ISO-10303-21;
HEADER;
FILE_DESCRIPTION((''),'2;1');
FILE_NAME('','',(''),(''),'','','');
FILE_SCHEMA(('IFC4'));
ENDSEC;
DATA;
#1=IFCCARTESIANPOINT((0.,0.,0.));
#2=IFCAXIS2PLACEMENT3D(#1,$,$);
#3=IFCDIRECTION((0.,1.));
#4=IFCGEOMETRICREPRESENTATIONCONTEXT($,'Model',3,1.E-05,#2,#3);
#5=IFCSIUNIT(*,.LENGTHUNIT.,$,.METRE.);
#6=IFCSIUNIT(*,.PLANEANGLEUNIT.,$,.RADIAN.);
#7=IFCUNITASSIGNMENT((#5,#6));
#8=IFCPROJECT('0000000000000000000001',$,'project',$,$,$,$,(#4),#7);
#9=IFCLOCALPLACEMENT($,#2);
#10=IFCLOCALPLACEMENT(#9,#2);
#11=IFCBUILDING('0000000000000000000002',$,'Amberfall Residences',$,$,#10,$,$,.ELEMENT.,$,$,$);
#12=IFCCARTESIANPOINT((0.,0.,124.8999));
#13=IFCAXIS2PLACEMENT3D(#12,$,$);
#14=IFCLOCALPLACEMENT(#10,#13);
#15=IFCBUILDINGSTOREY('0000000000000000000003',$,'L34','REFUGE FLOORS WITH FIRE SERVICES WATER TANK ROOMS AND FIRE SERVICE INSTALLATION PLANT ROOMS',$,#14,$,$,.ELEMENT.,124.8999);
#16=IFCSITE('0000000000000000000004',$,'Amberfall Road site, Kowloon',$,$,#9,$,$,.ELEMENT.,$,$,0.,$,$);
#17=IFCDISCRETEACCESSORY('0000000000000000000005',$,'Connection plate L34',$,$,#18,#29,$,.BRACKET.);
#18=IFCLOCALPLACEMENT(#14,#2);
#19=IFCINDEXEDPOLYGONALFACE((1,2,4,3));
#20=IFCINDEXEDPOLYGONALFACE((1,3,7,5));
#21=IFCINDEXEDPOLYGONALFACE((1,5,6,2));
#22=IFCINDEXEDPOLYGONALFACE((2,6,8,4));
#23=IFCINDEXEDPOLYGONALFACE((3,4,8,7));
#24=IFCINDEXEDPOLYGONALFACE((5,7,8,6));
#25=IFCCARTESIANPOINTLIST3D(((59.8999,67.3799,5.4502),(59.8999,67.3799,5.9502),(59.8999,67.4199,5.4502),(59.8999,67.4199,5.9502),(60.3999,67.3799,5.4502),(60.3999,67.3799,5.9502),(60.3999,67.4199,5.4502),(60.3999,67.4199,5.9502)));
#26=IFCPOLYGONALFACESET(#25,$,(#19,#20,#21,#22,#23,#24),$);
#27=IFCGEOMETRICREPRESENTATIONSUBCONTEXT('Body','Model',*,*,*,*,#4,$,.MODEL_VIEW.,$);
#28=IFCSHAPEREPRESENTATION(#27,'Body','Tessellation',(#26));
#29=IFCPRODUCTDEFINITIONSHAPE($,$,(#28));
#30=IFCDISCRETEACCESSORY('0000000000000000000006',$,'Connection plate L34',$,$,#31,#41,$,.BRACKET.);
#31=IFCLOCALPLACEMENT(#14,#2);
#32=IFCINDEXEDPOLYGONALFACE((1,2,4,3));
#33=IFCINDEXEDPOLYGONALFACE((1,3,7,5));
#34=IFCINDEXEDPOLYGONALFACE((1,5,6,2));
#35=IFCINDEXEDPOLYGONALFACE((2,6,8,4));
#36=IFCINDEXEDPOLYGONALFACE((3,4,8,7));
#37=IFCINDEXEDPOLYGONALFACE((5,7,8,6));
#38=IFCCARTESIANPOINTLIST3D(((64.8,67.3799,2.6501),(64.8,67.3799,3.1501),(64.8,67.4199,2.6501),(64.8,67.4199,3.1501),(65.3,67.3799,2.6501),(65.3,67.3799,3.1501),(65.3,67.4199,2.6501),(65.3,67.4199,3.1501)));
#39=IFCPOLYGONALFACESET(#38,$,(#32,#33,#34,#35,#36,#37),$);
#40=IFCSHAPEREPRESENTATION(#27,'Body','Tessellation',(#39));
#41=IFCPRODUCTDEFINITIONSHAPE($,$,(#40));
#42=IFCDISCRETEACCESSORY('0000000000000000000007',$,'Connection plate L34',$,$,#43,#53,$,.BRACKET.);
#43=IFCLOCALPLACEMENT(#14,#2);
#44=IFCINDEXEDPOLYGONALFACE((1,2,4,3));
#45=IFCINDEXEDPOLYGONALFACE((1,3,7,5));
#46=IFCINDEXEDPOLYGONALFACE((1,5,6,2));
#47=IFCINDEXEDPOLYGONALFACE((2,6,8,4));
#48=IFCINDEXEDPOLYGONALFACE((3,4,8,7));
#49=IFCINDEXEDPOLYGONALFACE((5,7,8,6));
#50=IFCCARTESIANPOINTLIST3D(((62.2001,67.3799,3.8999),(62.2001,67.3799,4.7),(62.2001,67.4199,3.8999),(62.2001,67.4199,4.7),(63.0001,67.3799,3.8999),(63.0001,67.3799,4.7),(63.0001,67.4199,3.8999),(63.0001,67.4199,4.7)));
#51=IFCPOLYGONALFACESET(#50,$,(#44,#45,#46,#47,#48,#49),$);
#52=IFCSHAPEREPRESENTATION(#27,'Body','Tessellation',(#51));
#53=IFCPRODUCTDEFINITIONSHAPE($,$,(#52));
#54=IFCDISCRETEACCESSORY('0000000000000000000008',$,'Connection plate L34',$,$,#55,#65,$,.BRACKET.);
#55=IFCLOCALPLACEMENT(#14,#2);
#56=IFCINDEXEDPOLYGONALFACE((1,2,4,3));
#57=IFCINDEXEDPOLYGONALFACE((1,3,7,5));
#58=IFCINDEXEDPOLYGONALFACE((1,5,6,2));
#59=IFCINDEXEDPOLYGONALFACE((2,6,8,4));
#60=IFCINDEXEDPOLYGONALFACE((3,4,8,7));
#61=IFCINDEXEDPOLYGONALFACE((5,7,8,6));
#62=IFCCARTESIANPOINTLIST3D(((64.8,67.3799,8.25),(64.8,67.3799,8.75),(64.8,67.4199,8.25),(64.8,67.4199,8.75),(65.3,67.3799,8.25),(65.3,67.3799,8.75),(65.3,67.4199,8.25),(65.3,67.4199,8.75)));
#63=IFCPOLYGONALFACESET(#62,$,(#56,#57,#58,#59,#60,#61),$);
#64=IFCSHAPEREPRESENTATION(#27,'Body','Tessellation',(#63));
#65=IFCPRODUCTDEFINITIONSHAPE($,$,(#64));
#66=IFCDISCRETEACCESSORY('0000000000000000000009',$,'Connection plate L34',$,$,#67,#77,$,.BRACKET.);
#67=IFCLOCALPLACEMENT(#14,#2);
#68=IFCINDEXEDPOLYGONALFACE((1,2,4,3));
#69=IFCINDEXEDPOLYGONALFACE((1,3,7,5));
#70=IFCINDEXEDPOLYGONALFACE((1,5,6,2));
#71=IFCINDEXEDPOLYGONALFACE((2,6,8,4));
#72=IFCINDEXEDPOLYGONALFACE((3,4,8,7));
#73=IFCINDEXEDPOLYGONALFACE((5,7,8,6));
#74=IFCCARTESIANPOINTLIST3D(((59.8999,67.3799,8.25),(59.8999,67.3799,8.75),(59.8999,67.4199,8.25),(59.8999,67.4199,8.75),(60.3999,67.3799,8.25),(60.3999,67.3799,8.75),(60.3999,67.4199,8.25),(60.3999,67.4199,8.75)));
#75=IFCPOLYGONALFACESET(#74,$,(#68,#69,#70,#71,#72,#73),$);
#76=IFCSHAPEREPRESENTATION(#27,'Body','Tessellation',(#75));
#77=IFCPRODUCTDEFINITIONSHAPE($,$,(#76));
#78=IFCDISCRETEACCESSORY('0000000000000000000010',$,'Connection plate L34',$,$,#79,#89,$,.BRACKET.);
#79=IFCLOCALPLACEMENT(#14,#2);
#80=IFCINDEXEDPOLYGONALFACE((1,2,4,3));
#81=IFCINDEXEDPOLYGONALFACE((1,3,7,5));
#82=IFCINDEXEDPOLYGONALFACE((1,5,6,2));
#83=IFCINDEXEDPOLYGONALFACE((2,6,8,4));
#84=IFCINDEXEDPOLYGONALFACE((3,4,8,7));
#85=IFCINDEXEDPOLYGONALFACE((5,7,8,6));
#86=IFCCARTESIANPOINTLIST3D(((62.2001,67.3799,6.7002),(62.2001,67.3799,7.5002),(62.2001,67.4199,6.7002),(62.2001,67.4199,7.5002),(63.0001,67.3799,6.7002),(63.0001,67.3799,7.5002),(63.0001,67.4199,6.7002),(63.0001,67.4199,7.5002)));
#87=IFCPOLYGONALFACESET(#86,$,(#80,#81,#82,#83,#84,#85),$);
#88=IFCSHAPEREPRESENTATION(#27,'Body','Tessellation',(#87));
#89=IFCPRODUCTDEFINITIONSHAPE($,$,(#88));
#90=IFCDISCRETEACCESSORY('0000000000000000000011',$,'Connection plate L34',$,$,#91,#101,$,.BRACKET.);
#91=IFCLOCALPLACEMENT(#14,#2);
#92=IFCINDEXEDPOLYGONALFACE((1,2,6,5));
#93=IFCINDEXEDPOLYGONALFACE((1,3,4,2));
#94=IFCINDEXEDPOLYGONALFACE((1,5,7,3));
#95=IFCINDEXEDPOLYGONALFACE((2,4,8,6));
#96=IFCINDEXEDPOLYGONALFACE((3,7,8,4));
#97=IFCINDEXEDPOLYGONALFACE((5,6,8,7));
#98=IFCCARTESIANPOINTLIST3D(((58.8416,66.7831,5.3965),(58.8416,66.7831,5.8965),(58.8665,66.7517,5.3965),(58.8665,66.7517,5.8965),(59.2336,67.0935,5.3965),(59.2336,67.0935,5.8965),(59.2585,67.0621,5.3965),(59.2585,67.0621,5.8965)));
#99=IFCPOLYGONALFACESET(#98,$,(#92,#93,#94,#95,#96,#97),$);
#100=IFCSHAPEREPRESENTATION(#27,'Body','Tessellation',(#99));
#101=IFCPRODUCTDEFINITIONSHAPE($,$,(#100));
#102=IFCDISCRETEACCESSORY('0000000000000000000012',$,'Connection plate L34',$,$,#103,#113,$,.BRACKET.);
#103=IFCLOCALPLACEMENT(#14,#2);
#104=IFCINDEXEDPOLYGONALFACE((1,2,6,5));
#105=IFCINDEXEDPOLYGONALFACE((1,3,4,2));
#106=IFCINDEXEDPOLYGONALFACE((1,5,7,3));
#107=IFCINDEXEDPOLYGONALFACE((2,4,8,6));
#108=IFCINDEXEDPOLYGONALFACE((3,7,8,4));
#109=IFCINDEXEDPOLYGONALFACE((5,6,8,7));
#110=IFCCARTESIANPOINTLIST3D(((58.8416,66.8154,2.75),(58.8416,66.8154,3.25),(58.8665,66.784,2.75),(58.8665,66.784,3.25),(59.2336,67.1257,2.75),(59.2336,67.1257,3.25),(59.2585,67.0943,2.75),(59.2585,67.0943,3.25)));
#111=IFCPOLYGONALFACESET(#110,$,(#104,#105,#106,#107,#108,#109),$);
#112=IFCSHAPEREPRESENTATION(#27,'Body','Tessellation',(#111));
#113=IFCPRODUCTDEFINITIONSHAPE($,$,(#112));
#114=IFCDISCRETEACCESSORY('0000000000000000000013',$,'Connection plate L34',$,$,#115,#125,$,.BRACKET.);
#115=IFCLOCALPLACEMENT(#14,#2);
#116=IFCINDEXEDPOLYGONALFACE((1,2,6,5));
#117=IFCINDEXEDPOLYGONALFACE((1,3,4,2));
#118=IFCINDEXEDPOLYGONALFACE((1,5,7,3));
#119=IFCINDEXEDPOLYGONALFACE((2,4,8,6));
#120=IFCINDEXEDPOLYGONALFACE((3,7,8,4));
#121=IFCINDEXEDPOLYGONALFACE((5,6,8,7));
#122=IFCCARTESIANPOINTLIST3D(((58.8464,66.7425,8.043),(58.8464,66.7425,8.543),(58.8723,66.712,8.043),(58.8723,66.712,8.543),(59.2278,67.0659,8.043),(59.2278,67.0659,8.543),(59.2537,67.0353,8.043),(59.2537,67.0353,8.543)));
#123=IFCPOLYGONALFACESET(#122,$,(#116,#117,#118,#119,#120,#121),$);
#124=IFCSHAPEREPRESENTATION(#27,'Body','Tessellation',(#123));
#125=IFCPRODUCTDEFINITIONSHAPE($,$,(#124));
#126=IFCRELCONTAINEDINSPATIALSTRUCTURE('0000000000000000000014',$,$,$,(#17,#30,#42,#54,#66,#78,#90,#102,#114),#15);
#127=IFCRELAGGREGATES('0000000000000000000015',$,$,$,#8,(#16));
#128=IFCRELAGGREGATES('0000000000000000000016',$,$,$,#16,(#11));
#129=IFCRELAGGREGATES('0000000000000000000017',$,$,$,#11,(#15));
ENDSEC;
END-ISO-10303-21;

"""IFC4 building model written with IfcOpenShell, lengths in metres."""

from ifc_helpers import new_model, si_unit, direction, frame, origin, origin_2d, place, context, subcontext, project, spatial, rectangle, extrude, element, save


model = new_model("IFC4")

# Units and contexts
model_context = context("Model", 3, precision=1e-05, world=origin(), true_north=direction((0.0, 1.0)))
body_context = subcontext(model_context, "Body", "Model", "MODEL_VIEW")
ifc_project = project(units=[si_unit("LENGTHUNIT", "METRE"), si_unit("PLANEANGLEUNIT", "RADIAN")], contexts=[model_context])

# Site, building, storey
site_placement = place(None, origin())
site = spatial("IfcSite", under=ifc_project, at=site_placement, Name="Amberfall Road site, Kowloon", CompositionType="ELEMENT", RefElevation=0.0)
building_placement = place(site_placement, origin())
building = spatial("IfcBuilding", under=site, at=building_placement, Name="Amberfall Residences", CompositionType="ELEMENT")
storey_placement = place(building_placement, frame((0.0, 0.0, 124.8999)))
storey = spatial("IfcBuildingStorey", under=building, at=storey_placement, Name="L34", Description="REFUGE FLOORS WITH FIRE SERVICES WATER TANK ROOMS AND FIRE SERVICE INSTALLATION PLANT ROOMS", CompositionType="ELEMENT", Elevation=124.8999)

# Discrete accessories
for number, where, z_axis, x_axis, name in (
    (1, (60.1499, 67.3999, 5.4502), (0.0, 0.0, 1.0), (1.0, 0.0, 0.0), "Connection plate L34"),
    (2, (65.05, 67.3999, 2.6501), (0.0, 0.0, 1.0), (1.0, 0.0, 0.0), "Connection plate L34"),
):
    element("IfcDiscreteAccessory", number, at=place(storey_placement, frame(where, z_axis=z_axis, x_axis=x_axis)), inside=storey, Name=name, PredefinedType="BRACKET", context=body_context, shape_type="SweptSolid", body=[
        extrude(rectangle(XDim=0.5, YDim=0.04, at=origin_2d()), origin(), (0.0, 0.0, 1.0), 0.5),
    ])
discrete_accessory_1_placement = place(storey_placement, frame((62.6001, 67.3999, 3.8999), z_axis=(0.0, 0.0, 1.0), x_axis=(1.0, 0.0, 0.0)))
element("IfcDiscreteAccessory", 3, at=discrete_accessory_1_placement, inside=storey, Name="Connection plate L34", PredefinedType="BRACKET", context=body_context, shape_type="SweptSolid", body=[
    extrude(rectangle(XDim=0.8, YDim=0.04, at=origin_2d()), origin(), (0.0, 0.0, 1.0), 0.8),
])
for number, where, z_axis, x_axis, name in (
    (4, (65.05, 67.3999, 8.25), (0.0, 0.0, 1.0), (1.0, 0.0, 0.0), "Connection plate L34"),
    (5, (60.1499, 67.3999, 8.25), (0.0, 0.0, 1.0), (1.0, 0.0, 0.0), "Connection plate L34"),
):
    element("IfcDiscreteAccessory", number, at=place(storey_placement, frame(where, z_axis=z_axis, x_axis=x_axis)), inside=storey, Name=name, PredefinedType="BRACKET", context=body_context, shape_type="SweptSolid", body=[
        extrude(rectangle(XDim=0.5, YDim=0.04, at=origin_2d()), origin(), (0.0, 0.0, 1.0), 0.5),
    ])
discrete_accessory_2_placement = place(storey_placement, frame((62.6001, 67.3999, 6.7002), z_axis=(0.0, 0.0, 1.0), x_axis=(1.0, 0.0, 0.0)))
element("IfcDiscreteAccessory", 6, at=discrete_accessory_2_placement, inside=storey, Name="Connection plate L34", PredefinedType="BRACKET", context=body_context, shape_type="SweptSolid", body=[
    extrude(rectangle(XDim=0.8, YDim=0.04, at=origin_2d()), origin(), (0.0, 0.0, 1.0), 0.8),
])
for number, where, z_axis, x_axis, name in (
    (7, (59.05, 66.9226, 5.3965), (0.0, 0.0, 1.0), (0.784073, 0.620669, 0.0), "Connection plate L34"),
    (8, (59.05, 66.9548, 2.75), (0.0, 0.0, 1.0), (0.784073, 0.620669, 0.0), "Connection plate L34"),
    (9, (59.05, 66.8889, 8.043), (0.0, 0.0, 1.0), (0.76268, 0.646776, 0.0), "Connection plate L34"),
):
    element("IfcDiscreteAccessory", number, at=place(storey_placement, frame(where, z_axis=z_axis, x_axis=x_axis)), inside=storey, Name=name, PredefinedType="BRACKET", context=body_context, shape_type="SweptSolid", body=[
        extrude(rectangle(XDim=0.5, YDim=0.04, at=origin_2d()), origin(), (0.0, 0.0, 1.0), 0.5),
    ])

save(model, "model.ifc")
